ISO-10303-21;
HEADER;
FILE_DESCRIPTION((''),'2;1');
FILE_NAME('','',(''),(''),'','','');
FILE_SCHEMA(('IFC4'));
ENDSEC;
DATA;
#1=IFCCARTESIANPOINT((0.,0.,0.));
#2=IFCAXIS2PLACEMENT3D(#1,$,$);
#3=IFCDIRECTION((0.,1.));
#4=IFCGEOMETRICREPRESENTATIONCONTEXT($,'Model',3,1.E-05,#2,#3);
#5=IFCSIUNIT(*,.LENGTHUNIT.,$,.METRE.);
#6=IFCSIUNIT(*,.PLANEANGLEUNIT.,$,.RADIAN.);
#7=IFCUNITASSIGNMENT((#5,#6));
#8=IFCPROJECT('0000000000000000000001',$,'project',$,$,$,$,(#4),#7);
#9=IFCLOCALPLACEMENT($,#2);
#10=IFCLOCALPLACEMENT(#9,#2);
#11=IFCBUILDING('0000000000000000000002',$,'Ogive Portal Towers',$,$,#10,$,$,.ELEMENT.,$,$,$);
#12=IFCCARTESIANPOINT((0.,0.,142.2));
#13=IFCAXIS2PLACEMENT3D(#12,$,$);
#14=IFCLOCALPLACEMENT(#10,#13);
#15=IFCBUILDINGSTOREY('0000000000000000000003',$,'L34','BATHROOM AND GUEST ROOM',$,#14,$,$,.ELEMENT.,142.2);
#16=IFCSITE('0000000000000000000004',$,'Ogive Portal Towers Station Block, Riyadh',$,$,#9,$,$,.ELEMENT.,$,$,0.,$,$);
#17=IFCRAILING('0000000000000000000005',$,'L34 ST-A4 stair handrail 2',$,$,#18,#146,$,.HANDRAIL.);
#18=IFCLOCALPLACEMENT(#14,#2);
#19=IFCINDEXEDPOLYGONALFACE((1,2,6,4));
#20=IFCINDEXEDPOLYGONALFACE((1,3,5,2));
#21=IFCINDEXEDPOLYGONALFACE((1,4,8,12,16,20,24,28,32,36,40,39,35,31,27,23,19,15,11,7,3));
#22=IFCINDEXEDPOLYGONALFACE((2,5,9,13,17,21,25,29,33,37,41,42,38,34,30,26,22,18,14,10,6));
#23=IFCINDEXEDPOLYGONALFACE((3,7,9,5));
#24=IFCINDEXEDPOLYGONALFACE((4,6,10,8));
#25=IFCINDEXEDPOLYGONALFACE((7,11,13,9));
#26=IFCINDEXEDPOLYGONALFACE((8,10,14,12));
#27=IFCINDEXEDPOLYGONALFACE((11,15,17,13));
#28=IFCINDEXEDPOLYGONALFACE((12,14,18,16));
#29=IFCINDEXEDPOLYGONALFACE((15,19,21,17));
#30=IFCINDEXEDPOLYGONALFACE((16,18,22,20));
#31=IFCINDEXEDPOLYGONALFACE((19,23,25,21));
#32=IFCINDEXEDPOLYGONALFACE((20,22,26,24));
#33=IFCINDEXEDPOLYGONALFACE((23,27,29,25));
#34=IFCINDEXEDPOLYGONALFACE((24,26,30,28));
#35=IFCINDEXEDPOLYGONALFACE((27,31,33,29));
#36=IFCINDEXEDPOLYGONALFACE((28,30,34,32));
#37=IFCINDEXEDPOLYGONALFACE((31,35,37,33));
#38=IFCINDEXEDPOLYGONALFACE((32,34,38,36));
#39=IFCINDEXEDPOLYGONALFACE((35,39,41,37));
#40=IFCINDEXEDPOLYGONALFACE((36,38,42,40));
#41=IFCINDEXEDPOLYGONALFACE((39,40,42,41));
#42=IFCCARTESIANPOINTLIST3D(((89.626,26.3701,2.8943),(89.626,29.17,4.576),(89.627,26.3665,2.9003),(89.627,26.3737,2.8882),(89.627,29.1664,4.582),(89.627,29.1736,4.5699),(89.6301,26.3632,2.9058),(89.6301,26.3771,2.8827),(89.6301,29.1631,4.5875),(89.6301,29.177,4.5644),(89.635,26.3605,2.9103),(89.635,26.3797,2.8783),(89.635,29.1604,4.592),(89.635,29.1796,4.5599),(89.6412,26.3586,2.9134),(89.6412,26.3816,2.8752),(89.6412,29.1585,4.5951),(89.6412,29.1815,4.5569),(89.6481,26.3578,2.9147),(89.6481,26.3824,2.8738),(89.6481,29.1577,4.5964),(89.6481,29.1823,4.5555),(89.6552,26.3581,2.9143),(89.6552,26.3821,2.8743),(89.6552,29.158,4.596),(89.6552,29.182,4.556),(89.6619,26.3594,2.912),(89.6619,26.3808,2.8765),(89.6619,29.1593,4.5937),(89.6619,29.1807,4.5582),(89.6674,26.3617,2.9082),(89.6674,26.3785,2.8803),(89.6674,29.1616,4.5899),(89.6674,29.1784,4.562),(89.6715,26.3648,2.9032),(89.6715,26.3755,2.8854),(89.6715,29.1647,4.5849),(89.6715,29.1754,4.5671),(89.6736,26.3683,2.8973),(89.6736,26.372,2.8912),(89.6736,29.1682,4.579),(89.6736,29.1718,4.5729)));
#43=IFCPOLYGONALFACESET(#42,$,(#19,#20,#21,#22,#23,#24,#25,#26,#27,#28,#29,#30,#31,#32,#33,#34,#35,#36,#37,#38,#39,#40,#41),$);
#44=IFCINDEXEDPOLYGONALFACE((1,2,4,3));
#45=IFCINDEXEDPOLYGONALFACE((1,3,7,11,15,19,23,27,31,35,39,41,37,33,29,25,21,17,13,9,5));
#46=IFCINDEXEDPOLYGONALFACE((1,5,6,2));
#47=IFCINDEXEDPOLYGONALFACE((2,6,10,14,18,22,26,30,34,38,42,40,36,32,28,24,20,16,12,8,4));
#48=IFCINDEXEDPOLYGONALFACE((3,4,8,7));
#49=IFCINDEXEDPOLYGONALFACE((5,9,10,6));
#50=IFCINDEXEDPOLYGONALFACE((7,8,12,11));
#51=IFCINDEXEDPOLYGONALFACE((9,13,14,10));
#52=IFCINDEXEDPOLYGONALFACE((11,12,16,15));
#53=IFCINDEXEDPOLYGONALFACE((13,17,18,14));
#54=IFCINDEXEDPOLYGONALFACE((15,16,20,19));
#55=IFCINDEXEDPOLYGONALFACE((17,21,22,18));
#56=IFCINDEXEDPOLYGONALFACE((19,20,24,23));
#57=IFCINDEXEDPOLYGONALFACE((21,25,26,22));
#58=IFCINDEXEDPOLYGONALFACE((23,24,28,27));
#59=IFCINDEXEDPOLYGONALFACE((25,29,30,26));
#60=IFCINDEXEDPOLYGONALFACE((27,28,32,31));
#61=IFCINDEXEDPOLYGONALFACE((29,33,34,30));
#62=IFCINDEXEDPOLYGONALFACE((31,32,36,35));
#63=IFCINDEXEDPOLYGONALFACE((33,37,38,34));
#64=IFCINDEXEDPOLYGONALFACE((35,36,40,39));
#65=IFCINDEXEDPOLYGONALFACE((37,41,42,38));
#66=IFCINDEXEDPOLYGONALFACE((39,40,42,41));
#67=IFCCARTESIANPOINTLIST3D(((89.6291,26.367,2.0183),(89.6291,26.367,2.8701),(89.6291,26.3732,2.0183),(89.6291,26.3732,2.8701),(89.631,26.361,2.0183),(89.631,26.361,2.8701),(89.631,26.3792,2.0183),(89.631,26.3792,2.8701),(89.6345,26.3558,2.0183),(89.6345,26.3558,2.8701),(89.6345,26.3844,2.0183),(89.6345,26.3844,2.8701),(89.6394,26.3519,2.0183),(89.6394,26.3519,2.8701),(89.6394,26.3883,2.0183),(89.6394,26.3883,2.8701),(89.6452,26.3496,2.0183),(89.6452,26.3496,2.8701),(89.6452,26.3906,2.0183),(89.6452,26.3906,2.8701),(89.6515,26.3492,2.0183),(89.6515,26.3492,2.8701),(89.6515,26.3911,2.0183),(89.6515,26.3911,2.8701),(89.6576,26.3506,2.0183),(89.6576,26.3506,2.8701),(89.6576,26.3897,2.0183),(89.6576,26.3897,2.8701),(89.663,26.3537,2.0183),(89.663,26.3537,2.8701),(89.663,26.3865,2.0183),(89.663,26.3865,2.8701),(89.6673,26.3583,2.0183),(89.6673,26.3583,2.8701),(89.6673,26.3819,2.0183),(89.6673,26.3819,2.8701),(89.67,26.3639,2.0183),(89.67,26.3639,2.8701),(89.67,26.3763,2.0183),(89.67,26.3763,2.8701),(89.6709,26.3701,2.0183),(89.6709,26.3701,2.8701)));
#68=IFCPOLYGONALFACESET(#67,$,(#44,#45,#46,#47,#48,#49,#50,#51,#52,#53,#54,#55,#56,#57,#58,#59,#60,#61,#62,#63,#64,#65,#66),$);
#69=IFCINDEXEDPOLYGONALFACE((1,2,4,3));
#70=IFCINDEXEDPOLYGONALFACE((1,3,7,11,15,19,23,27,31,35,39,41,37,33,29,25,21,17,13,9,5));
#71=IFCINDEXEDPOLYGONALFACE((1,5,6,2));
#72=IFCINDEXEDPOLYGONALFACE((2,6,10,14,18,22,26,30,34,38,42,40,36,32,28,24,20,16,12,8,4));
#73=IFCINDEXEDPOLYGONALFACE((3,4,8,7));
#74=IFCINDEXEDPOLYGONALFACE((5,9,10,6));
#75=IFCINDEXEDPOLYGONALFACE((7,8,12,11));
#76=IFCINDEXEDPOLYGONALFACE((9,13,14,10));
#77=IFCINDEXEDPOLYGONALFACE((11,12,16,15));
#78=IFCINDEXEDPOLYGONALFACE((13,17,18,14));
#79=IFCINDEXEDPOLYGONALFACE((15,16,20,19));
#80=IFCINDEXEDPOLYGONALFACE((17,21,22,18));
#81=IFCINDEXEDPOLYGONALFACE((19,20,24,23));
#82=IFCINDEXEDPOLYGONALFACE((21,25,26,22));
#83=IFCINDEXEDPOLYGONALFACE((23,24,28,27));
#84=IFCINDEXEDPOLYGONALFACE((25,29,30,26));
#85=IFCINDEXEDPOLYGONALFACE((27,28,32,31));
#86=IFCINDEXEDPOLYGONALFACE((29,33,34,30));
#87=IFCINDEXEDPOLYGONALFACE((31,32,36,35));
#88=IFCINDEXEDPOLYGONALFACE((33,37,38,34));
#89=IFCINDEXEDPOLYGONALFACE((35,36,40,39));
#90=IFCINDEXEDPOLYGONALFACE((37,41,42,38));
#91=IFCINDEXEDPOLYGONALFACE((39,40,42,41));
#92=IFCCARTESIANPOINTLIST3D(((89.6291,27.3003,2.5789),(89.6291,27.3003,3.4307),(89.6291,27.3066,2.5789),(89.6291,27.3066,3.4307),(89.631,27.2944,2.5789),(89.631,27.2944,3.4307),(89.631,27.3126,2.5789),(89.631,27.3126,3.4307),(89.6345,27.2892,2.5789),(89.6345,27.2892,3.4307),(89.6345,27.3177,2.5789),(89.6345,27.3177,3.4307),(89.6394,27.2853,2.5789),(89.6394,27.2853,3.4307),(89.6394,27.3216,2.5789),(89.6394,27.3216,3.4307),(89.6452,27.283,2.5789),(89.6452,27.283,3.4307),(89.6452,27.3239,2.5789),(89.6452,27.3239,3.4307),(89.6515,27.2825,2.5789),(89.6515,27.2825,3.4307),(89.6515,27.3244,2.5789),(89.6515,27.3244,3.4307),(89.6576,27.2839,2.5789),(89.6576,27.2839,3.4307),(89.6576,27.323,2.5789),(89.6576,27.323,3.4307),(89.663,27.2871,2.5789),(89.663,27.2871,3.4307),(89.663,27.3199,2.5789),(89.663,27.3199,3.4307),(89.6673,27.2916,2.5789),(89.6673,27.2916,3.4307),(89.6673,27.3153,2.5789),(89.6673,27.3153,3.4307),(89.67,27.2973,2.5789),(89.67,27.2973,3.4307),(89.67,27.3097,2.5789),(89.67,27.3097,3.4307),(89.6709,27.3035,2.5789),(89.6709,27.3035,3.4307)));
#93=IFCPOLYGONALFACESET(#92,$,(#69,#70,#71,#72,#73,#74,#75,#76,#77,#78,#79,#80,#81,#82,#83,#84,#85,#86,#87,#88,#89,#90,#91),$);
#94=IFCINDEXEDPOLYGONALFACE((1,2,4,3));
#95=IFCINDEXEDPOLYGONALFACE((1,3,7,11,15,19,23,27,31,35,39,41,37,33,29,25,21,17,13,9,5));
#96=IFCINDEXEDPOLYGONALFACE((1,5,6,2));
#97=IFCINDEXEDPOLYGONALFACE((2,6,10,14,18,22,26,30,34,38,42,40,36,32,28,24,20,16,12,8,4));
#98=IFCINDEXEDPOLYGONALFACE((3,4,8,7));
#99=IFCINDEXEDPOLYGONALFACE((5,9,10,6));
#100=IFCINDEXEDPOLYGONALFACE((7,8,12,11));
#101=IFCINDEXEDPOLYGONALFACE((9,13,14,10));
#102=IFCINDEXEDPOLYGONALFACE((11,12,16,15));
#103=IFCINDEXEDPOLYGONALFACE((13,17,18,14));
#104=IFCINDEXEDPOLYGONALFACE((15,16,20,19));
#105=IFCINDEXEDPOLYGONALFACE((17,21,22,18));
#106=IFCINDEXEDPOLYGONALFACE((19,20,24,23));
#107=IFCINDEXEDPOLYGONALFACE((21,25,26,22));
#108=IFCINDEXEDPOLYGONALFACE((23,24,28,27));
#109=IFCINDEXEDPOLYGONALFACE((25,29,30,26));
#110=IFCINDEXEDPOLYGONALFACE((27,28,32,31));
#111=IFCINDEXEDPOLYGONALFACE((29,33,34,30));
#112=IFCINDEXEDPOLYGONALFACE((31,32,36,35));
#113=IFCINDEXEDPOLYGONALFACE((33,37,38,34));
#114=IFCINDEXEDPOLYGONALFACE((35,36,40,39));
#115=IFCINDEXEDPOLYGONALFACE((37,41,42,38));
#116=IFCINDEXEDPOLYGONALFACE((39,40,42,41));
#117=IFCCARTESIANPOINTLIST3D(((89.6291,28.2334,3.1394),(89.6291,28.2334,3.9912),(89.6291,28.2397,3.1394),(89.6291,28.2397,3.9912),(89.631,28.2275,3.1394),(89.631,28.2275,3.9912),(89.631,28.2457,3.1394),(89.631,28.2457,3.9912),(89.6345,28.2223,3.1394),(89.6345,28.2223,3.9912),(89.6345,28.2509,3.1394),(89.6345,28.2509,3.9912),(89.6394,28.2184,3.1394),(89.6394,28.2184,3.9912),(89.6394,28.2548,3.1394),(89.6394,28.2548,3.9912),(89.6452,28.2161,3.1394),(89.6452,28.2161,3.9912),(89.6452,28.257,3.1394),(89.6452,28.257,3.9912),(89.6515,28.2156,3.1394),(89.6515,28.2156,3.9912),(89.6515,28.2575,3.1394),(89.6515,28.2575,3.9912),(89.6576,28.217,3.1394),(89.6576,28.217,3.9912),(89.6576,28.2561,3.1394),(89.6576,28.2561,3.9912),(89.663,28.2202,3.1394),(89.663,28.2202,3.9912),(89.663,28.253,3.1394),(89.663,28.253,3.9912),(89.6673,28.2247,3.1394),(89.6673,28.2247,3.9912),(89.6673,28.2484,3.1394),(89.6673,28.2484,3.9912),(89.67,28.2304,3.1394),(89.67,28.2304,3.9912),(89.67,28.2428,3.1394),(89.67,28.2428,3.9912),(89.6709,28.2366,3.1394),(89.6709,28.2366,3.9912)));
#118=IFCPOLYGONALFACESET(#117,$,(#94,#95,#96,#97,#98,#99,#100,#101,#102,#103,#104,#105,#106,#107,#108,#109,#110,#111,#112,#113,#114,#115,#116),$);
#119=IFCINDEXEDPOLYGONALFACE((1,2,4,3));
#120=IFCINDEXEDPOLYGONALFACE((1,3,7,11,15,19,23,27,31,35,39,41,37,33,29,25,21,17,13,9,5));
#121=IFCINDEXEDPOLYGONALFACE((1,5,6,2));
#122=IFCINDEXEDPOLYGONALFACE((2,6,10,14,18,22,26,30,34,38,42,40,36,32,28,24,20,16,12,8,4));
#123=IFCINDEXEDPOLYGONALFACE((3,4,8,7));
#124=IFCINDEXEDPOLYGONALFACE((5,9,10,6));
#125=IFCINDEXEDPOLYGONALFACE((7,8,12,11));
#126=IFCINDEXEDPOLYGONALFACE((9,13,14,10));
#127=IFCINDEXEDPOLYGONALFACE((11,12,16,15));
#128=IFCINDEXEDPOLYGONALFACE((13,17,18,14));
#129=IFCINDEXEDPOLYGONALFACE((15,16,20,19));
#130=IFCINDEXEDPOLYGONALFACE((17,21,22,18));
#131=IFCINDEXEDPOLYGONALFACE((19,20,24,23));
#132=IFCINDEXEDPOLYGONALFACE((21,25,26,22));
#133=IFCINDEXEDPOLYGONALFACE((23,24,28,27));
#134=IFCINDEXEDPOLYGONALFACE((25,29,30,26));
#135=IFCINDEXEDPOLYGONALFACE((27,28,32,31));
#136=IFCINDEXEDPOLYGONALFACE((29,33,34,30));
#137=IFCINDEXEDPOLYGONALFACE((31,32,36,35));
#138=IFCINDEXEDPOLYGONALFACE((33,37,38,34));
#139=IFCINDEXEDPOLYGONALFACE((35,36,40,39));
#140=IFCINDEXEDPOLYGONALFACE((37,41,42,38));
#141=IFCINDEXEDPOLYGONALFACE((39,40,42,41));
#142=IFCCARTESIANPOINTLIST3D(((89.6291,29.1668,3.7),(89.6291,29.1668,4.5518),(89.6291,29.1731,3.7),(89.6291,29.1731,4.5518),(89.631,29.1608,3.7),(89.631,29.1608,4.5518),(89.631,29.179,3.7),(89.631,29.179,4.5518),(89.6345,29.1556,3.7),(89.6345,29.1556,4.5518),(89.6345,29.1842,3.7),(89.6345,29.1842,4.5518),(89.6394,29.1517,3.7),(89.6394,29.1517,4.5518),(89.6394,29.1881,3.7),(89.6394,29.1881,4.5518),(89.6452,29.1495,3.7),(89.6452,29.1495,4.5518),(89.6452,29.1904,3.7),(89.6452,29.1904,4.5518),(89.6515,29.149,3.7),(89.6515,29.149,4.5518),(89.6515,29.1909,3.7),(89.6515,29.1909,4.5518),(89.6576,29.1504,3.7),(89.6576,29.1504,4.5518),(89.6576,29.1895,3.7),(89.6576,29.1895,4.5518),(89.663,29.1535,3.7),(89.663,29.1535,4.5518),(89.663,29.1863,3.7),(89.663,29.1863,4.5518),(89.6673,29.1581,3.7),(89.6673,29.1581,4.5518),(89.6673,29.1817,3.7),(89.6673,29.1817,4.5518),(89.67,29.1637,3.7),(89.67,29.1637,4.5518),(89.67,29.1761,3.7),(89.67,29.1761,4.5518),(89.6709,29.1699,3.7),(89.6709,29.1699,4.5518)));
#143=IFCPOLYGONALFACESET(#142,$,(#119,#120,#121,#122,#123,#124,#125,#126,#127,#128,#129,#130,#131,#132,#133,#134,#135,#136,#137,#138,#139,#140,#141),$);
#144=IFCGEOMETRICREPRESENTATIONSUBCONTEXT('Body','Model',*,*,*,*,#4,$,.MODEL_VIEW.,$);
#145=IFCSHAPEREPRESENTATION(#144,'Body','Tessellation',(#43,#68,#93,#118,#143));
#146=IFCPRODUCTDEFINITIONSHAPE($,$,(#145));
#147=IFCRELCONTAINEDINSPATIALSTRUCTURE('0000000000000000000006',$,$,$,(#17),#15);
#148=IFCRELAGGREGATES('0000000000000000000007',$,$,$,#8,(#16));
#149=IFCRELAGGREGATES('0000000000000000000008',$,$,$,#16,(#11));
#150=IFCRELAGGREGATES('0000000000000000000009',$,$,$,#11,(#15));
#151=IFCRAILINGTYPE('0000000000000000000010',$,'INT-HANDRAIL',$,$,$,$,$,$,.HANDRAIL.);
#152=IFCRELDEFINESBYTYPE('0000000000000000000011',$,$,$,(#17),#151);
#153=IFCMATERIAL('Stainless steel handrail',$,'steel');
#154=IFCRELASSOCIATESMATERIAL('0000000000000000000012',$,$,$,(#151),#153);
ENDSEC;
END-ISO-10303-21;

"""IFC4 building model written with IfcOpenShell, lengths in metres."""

from ifc_helpers import new_model, si_unit, direction, frame, origin, origin_2d, place, context, subcontext, project, spatial, circle, extrude, material, type_object, element, save


model = new_model("IFC4")

# Units and contexts
model_context = context("Model", 3, precision=1e-05, world=origin(), true_north=direction((0.0, 1.0)))
body_context = subcontext(model_context, "Body", "Model", "MODEL_VIEW")
ifc_project = project(units=[si_unit("LENGTHUNIT", "METRE"), si_unit("PLANEANGLEUNIT", "RADIAN")], contexts=[model_context])

# Site, building, storey
site_placement = place(None, origin())
site = spatial("IfcSite", under=ifc_project, at=site_placement, Name="Ogive Portal Towers Station Block, Riyadh", CompositionType="ELEMENT", RefElevation=0.0)
building_placement = place(site_placement, origin())
building = spatial("IfcBuilding", under=site, at=building_placement, Name="Ogive Portal Towers", CompositionType="ELEMENT")
storey_placement = place(building_placement, frame((0.0, 0.0, 142.2)))
storey = spatial("IfcBuildingStorey", under=building, at=storey_placement, Name="L34", Description="BATHROOM AND GUEST ROOM", CompositionType="ELEMENT", Elevation=142.2)

# Railing
ifc_material_1 = material(Name="Stainless steel handrail", Category="steel")
railing_type_1 = type_object("IfcRailingType", Name="INT-HANDRAIL", PredefinedType="HANDRAIL", material=ifc_material_1)
railing_1_placement = place(storey_placement, frame((89.6499, 26.3701, 2.0183)))
element("IfcRailing", 1, at=railing_1_placement, inside=storey, type_object=railing_type_1, Name="L34 ST-A4 stair handrail 2", PredefinedType="HANDRAIL", context=body_context, shape_type="SweptSolid", body=[
    extrude(circle(Radius=0.0239, at=origin_2d()), frame((0.0, 0.0, 0.876), z_axis=(0.0, 0.857255, 0.514891), x_axis=(-1.0, 0.0, 0.0)), (0.0, 0.0, 1.0), 3.2661),
    extrude(circle(Radius=0.021, at=origin_2d()), origin(), (0.0, 0.0, 1.0), 0.8518),
    extrude(circle(Radius=0.021, at=origin_2d()), frame((0.0, 0.9333, 0.5605)), (0.0, 0.0, 1.0), 0.8518),
    extrude(circle(Radius=0.021, at=origin_2d()), frame((0.0, 1.8665, 1.1211)), (0.0, 0.0, 1.0), 0.8518),
    extrude(circle(Radius=0.021, at=origin_2d()), frame((0.0, 2.7998, 1.6816)), (0.0, 0.0, 1.0), 0.8518),
])

save(model, "model.ifc")
